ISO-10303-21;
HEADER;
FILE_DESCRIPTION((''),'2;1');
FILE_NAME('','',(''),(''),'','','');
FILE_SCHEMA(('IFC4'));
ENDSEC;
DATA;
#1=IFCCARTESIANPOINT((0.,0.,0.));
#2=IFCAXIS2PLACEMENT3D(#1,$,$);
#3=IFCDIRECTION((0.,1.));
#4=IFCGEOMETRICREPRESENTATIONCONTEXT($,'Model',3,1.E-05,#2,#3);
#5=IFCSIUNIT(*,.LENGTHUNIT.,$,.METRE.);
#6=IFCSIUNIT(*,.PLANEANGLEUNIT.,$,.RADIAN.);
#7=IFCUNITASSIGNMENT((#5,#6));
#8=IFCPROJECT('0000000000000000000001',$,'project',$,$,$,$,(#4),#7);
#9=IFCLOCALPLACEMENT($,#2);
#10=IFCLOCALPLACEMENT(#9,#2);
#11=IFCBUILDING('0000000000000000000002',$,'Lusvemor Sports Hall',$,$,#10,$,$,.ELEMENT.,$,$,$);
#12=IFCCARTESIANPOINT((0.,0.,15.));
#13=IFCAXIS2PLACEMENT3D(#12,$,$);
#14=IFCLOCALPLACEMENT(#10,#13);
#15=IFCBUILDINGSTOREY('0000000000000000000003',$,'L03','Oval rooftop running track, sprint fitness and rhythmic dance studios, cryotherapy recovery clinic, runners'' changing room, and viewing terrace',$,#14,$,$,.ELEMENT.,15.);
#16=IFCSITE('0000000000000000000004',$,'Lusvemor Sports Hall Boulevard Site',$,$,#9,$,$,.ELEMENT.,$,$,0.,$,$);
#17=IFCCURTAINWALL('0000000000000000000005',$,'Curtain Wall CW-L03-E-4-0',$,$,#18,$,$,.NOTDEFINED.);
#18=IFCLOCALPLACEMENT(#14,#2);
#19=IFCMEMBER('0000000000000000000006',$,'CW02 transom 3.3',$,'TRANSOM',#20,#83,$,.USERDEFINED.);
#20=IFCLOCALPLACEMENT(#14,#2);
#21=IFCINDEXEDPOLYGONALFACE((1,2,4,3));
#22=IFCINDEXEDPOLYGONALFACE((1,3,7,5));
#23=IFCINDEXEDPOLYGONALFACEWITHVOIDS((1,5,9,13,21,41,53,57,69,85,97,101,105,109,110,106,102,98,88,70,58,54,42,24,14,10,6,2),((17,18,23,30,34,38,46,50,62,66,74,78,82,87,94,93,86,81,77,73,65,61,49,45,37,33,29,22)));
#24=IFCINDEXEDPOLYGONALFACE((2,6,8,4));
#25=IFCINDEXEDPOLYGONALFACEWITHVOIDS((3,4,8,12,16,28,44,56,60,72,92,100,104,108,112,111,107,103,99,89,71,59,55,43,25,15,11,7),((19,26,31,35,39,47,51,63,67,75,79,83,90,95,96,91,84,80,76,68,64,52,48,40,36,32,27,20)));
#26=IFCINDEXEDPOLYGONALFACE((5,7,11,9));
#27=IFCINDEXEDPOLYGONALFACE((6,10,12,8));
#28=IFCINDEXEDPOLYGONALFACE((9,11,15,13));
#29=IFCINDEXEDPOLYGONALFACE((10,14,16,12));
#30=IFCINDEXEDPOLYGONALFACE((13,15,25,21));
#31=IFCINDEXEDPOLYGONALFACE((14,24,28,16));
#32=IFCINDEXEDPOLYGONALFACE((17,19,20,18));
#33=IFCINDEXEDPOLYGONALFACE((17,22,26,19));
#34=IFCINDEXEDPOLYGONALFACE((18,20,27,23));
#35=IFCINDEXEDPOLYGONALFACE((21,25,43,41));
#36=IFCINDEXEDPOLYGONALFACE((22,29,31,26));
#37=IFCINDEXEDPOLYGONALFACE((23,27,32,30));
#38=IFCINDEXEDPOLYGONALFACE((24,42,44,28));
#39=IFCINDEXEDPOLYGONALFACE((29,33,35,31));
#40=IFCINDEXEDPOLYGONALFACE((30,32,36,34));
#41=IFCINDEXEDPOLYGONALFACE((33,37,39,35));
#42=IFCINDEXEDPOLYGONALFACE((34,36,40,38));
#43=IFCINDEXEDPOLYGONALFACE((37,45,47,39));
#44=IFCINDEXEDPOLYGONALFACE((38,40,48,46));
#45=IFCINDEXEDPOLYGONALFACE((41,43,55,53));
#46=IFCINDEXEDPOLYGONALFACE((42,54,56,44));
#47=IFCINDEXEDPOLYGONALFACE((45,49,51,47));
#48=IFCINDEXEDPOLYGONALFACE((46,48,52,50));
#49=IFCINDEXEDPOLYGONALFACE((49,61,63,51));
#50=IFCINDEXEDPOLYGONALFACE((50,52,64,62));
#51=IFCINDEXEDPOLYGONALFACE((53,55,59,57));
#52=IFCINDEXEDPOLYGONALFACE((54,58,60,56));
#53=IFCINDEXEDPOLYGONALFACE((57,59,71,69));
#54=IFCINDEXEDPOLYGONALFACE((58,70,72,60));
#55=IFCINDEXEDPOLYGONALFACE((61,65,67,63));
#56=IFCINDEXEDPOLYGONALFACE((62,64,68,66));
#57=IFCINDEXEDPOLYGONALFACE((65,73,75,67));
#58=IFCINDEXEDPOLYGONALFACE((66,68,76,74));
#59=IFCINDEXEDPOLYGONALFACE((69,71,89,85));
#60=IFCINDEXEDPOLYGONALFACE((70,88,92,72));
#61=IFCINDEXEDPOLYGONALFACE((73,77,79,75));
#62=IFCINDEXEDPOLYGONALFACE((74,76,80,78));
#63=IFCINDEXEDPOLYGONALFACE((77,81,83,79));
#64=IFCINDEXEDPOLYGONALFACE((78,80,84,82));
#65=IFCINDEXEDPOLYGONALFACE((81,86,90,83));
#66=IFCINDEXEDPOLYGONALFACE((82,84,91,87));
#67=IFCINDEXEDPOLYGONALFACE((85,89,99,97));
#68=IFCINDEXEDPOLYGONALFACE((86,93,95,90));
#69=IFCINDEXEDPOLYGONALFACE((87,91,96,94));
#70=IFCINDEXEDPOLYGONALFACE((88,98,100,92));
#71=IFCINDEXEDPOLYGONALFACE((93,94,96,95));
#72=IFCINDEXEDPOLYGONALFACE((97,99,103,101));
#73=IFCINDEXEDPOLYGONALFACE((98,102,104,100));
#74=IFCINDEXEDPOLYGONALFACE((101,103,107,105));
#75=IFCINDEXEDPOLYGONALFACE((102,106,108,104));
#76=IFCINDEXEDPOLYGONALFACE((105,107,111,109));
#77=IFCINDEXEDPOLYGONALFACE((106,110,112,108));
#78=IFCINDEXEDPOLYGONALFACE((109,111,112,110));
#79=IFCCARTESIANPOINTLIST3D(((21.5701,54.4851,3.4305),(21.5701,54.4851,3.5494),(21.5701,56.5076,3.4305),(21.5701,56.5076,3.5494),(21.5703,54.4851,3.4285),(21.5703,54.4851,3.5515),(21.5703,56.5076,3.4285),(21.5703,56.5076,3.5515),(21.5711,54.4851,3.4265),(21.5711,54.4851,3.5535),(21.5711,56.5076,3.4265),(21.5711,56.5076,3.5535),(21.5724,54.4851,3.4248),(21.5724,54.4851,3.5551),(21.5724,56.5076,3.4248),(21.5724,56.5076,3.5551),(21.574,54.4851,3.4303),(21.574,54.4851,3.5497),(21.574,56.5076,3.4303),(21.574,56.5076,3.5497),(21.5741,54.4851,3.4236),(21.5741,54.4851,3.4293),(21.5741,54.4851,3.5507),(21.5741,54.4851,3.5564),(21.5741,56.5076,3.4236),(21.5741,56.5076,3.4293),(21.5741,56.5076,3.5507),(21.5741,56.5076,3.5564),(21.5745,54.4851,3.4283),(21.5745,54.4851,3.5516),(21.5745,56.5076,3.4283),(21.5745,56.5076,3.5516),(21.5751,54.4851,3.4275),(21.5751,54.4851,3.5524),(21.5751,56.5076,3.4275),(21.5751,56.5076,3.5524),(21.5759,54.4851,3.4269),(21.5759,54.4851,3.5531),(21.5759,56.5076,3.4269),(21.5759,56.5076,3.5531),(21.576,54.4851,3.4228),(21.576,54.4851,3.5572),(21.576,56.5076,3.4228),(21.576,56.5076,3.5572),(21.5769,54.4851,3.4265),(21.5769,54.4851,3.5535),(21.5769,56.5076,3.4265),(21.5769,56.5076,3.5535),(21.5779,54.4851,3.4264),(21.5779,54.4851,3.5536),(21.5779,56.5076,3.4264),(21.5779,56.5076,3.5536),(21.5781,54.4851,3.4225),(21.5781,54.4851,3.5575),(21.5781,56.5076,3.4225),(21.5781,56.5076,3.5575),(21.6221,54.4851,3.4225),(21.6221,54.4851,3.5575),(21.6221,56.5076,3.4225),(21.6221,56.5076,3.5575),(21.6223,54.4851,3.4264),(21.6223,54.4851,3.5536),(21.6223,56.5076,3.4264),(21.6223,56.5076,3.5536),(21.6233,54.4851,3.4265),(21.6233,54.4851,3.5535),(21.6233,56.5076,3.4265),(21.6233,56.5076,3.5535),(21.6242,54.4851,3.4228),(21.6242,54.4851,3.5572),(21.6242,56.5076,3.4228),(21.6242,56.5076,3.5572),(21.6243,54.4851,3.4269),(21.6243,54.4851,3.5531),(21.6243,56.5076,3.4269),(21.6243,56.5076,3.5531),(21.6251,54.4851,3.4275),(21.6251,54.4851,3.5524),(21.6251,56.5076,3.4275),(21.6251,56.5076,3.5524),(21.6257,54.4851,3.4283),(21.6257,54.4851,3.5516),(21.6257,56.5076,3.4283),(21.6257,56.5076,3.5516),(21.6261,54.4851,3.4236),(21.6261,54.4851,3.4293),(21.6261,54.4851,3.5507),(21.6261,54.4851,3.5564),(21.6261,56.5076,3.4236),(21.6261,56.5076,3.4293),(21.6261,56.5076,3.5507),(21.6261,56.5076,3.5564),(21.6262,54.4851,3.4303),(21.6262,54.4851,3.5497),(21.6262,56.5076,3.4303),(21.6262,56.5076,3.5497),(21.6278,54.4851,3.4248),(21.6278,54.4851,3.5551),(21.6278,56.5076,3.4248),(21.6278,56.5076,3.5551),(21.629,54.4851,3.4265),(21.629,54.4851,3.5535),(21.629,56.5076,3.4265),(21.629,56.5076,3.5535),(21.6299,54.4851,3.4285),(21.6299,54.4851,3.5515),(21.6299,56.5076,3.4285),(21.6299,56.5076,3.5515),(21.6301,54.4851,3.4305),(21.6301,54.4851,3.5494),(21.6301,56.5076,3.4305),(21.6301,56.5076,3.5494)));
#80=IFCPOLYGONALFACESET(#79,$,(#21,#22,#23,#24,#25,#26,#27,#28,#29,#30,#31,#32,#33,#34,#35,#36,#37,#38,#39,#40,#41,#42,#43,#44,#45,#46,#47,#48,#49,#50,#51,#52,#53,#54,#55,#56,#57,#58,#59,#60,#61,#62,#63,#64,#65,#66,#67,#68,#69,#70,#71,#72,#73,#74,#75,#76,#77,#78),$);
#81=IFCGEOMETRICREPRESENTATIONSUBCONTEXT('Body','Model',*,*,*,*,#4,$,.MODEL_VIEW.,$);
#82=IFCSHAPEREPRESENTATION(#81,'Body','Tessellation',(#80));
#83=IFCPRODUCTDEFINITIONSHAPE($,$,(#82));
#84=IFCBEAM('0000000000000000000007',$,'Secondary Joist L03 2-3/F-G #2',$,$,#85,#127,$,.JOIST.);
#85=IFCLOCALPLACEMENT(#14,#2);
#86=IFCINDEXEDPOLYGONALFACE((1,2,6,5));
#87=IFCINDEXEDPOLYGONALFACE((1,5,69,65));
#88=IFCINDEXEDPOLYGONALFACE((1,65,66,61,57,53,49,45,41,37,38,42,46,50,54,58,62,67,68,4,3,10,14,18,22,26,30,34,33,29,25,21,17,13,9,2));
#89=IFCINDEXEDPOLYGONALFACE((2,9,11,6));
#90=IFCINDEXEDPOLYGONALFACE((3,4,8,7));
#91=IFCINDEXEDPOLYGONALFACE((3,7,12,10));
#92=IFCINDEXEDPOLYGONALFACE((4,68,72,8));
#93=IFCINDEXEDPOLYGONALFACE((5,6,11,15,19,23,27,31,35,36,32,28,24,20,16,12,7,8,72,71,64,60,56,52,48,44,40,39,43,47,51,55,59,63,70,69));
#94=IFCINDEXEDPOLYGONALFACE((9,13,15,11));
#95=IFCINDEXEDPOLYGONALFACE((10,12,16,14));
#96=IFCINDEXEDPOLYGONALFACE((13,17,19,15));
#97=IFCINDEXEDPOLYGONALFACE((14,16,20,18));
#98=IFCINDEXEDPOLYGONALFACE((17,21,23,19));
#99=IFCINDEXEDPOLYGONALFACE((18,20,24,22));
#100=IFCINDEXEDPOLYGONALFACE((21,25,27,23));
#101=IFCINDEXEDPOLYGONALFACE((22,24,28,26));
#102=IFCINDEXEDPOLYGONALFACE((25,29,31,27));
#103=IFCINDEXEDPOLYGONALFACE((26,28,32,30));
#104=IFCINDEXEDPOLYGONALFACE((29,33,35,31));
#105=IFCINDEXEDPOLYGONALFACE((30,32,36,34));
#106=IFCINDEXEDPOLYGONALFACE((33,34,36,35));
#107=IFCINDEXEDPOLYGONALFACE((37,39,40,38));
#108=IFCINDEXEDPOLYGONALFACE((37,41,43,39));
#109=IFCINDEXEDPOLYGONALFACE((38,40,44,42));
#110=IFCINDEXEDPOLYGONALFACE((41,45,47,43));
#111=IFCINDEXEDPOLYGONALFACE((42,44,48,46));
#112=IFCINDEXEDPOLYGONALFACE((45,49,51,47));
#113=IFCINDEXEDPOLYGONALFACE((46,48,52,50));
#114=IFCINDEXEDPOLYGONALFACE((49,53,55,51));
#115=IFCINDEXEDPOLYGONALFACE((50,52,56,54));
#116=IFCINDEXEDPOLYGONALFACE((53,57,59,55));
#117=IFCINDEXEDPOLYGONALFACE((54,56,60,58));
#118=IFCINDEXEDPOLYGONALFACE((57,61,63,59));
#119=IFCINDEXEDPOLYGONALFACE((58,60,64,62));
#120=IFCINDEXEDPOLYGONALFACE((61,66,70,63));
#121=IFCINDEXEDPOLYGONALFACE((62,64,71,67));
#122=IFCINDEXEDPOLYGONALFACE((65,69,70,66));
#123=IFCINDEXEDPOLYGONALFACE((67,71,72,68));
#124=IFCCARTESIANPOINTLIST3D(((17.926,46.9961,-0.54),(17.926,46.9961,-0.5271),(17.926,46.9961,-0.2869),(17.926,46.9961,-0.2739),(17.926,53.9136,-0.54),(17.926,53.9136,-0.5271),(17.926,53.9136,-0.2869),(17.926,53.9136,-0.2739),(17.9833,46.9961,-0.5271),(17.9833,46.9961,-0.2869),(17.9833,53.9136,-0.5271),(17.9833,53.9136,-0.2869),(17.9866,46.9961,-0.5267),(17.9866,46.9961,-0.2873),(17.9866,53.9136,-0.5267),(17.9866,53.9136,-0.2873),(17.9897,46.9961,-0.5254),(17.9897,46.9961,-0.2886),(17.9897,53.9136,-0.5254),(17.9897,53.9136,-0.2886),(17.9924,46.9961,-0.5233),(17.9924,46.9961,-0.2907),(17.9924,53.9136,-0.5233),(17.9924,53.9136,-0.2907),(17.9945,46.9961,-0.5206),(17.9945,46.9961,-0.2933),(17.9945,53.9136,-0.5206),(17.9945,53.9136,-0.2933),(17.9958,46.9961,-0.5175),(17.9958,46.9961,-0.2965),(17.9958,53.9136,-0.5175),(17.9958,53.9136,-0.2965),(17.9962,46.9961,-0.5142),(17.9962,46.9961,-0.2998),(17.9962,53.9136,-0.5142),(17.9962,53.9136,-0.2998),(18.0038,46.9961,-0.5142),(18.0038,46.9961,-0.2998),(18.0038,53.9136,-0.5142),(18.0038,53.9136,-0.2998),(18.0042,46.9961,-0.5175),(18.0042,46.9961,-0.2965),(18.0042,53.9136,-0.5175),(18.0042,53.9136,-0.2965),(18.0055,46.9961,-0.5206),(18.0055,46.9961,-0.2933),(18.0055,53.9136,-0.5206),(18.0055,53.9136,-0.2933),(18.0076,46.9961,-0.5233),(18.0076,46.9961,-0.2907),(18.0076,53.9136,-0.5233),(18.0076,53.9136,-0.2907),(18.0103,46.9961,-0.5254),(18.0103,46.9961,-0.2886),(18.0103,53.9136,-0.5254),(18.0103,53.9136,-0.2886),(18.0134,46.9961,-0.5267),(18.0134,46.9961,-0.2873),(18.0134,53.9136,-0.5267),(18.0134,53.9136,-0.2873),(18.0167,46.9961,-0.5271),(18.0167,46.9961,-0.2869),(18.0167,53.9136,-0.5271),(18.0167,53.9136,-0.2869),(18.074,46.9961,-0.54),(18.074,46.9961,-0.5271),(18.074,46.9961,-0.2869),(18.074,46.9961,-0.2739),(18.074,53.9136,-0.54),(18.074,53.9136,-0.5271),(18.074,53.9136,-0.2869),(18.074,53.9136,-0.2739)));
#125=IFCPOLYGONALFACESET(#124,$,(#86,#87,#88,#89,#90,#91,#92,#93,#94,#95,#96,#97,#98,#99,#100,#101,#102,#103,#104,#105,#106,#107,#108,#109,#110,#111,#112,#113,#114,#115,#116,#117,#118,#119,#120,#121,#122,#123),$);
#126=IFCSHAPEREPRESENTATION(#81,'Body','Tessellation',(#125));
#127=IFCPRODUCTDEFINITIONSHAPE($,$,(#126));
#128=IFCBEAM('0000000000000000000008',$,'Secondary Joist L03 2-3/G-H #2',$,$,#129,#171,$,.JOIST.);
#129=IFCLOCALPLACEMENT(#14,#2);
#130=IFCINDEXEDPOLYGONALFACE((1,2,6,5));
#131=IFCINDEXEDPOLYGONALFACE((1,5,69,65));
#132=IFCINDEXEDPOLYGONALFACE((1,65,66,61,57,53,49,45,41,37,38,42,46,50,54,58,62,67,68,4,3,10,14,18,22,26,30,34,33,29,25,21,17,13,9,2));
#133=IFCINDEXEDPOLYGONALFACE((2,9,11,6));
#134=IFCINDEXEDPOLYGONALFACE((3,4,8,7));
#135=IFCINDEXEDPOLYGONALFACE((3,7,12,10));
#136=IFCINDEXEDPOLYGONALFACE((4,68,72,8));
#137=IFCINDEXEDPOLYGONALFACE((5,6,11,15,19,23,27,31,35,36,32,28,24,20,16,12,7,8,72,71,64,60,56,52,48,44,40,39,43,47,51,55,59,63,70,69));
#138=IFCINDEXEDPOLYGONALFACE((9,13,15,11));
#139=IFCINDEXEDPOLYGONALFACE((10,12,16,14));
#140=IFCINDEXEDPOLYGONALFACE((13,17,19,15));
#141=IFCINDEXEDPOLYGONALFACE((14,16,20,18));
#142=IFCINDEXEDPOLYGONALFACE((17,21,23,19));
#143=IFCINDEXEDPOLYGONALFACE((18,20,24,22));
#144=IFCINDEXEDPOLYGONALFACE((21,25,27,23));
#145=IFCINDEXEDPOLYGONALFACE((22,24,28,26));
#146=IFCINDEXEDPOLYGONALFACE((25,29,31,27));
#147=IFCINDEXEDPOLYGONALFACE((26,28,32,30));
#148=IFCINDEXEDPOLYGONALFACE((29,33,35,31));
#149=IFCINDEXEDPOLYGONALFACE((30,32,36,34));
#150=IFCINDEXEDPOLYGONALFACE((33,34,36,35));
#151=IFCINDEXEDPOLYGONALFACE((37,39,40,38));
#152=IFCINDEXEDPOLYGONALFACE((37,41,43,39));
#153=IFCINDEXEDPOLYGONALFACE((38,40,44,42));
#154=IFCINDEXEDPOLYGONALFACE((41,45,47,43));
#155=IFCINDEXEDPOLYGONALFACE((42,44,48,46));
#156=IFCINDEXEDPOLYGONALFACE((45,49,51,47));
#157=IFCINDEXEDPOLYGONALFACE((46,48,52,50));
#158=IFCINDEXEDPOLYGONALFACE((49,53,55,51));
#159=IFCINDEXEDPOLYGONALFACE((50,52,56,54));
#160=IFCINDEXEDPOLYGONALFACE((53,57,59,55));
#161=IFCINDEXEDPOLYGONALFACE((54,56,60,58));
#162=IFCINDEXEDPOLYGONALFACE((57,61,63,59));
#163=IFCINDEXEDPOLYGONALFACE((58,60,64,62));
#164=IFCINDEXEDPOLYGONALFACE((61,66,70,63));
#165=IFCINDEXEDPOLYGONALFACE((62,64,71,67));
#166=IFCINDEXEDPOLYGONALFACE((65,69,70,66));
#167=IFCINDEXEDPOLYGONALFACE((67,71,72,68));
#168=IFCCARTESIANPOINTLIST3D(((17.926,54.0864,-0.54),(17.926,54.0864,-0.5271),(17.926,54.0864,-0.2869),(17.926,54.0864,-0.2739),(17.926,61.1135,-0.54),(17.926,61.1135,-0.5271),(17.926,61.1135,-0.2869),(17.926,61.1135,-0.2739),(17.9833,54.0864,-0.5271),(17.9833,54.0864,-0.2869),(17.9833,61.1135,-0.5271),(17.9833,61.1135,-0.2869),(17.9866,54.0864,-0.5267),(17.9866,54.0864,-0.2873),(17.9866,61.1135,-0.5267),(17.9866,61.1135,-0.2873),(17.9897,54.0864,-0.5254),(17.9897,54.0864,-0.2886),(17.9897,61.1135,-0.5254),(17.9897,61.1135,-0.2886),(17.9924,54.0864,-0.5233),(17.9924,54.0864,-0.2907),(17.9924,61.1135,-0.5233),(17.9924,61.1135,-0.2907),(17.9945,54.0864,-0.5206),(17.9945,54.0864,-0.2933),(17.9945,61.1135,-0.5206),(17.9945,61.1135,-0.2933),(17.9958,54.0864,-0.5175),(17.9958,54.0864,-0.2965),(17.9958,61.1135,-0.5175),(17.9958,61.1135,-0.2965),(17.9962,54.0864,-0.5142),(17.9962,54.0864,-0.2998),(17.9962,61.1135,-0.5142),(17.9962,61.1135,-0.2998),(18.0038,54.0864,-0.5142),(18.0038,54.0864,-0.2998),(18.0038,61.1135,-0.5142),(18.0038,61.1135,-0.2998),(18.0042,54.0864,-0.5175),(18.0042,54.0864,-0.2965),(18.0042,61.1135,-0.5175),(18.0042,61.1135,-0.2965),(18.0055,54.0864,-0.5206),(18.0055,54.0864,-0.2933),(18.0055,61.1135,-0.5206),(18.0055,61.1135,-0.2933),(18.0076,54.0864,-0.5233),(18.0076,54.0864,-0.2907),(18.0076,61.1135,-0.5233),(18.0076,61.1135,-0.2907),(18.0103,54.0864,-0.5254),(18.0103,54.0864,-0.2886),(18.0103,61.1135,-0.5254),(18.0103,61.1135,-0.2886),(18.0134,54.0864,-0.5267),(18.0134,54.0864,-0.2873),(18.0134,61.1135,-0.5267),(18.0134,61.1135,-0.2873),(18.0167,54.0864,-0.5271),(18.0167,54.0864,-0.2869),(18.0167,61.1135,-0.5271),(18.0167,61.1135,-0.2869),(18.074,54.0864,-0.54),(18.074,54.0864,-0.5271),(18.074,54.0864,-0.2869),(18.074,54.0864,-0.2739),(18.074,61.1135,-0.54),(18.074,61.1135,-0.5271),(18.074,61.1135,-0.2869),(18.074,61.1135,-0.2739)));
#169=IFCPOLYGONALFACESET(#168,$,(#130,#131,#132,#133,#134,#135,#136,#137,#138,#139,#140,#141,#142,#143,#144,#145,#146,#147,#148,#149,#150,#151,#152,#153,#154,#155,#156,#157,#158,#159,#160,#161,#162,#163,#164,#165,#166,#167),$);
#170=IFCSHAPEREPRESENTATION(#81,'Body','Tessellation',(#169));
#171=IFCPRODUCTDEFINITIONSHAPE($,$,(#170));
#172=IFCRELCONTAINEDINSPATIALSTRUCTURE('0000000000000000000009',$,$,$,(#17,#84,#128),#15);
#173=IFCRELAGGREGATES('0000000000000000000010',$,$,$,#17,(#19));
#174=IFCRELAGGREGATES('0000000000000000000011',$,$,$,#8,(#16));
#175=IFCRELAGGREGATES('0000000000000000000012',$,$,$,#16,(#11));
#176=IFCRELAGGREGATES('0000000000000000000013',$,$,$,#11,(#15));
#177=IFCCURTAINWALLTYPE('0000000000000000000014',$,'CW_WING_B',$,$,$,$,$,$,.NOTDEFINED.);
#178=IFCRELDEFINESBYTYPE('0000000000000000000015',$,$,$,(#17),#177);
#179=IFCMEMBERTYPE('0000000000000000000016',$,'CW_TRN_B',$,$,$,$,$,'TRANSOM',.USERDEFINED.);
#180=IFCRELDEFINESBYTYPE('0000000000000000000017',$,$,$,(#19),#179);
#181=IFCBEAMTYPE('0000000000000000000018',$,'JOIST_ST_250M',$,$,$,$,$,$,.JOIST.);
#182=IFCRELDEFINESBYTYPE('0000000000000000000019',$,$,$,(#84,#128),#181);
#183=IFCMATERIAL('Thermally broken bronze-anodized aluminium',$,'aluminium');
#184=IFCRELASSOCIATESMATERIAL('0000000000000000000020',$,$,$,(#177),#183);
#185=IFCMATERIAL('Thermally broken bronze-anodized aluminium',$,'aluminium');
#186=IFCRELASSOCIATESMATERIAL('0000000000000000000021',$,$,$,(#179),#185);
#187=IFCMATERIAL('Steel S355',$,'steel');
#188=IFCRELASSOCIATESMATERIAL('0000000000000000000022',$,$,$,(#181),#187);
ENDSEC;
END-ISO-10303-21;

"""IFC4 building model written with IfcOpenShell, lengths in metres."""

from ifc_helpers import new_model, si_unit, direction, frame, origin, origin_2d, place, context, subcontext, project, spatial, hollow_rectangle, i_section, extrude, material, material_profile, profile_set, type_object, element, aggregate, save


model = new_model("IFC4")

# Units and contexts
model_context = context("Model", 3, precision=1e-05, world=origin(), true_north=direction((0.0, 1.0)))
body_context = subcontext(model_context, "Body", "Model", "MODEL_VIEW")
ifc_project = project(units=[si_unit("LENGTHUNIT", "METRE"), si_unit("PLANEANGLEUNIT", "RADIAN")], contexts=[model_context])

# Site, building, storey
site_placement = place(None, origin())
site = spatial("IfcSite", under=ifc_project, at=site_placement, Name="Lusvemor Sports Hall Boulevard Site", CompositionType="ELEMENT", RefElevation=0.0)
building_placement = place(site_placement, origin())
building = spatial("IfcBuilding", under=site, at=building_placement, Name="Lusvemor Sports Hall", CompositionType="ELEMENT")
storey_placement = place(building_placement, frame((0.0, 0.0, 15.0)))
storey = spatial("IfcBuildingStorey", under=building, at=storey_placement, Name="L03", Description="Oval rooftop running track, sprint fitness and rhythmic dance studios, cryotherapy recovery clinic, runners' changing room, and viewing terrace", CompositionType="ELEMENT", Elevation=15.0)

# Curtain wall, member
ifc_material_1 = material(Name="Thermally broken bronze-anodized aluminium", Category="aluminium")
curtain_wall_type = type_object("IfcCurtainWallType", Name="CW_WING_B", PredefinedType="NOTDEFINED", material=ifc_material_1)
curtain_wall_placement = place(storey_placement, origin())
curtain_wall = element("IfcCurtainWall", 1, at=curtain_wall_placement, inside=storey, type_object=curtain_wall_type, Name="Curtain Wall CW-L03-E-4-0", PredefinedType="NOTDEFINED")
ifc_material_2 = material(Name="Thermally broken bronze-anodized aluminium", Category="aluminium")
ifc_material_profile_1 = material_profile(ifc_material_2, hollow_rectangle(XDim=0.0601, YDim=0.135, WallThickness=0.0039, InnerFilletRadius=0.0039, OuterFilletRadius=0.0081, at=origin_2d()), Name="CWTRN135x60x4")
ifc_profile_set_1 = profile_set([ifc_material_profile_1], Name="Thermally broken bronze-anodized aluminium")
member_type_1 = type_object("IfcMemberType", Name="CW_TRN_B", ElementType="TRANSOM", PredefinedType="USERDEFINED", material=ifc_profile_set_1)
member_1_placement = place(storey_placement, frame((21.6001, 56.5076, 3.49), z_axis=(0.0, -1.0, 0.0), x_axis=(1.0, 0.0, 0.0)))
member_1 = element("IfcMember", 2, at=member_1_placement, type_object=member_type_1, Name="CW02 transom 3.3", ObjectType="TRANSOM", PredefinedType="USERDEFINED", context=body_context, shape_type="SweptSolid", body=[
    extrude(hollow_rectangle(XDim=0.0601, YDim=0.135, WallThickness=0.0039, InnerFilletRadius=0.0039, OuterFilletRadius=0.0081, at=origin_2d()), origin(), (0.0, 0.0, 1.0), 2.0225),
])

# Beams
ifc_material_3 = material(Name="Steel S355", Category="steel")
ifc_material_profile_2 = material_profile(ifc_material_3, i_section(OverallWidth=0.1479, OverallDepth=0.2661, WebThickness=0.0076, FlangeThickness=0.0129, FilletRadius=0.0129, at=origin_2d()), Name="W250x44.8")
ifc_profile_set_2 = profile_set([ifc_material_profile_2], Name="Steel S355")
beam_type_1 = type_object("IfcBeamType", Name="JOIST_ST_250M", PredefinedType="JOIST", material=ifc_profile_set_2)
beam_1_placement = place(storey_placement, frame((18.0, 46.9961, -0.407), z_axis=(0.0, 1.0, 0.0), x_axis=(-1.0, 0.0, 0.0)))
element("IfcBeam", 3, at=beam_1_placement, inside=storey, type_object=beam_type_1, Name="Secondary Joist L03 2-3/F-G #2", PredefinedType="JOIST", context=body_context, shape_type="SweptSolid", body=[
    extrude(i_section(OverallWidth=0.1479, OverallDepth=0.2661, WebThickness=0.0076, FlangeThickness=0.0129, FilletRadius=0.0129, at=origin_2d()), origin(), (0.0, 0.0, 1.0), 6.9175),
])
beam_2_placement = place(storey_placement, frame((18.0, 54.0864, -0.407), z_axis=(0.0, 1.0, 0.0), x_axis=(-1.0, 0.0, 0.0)))
element("IfcBeam", 4, at=beam_2_placement, inside=storey, type_object=beam_type_1, Name="Secondary Joist L03 2-3/G-H #2", PredefinedType="JOIST", context=body_context, shape_type="SweptSolid", body=[
    extrude(i_section(OverallWidth=0.1479, OverallDepth=0.2661, WebThickness=0.0076, FlangeThickness=0.0129, FilletRadius=0.0129, at=origin_2d()), origin(), (0.0, 0.0, 1.0), 7.0271),
])

aggregate(curtain_wall, [member_1])

save(model, "model.ifc")
